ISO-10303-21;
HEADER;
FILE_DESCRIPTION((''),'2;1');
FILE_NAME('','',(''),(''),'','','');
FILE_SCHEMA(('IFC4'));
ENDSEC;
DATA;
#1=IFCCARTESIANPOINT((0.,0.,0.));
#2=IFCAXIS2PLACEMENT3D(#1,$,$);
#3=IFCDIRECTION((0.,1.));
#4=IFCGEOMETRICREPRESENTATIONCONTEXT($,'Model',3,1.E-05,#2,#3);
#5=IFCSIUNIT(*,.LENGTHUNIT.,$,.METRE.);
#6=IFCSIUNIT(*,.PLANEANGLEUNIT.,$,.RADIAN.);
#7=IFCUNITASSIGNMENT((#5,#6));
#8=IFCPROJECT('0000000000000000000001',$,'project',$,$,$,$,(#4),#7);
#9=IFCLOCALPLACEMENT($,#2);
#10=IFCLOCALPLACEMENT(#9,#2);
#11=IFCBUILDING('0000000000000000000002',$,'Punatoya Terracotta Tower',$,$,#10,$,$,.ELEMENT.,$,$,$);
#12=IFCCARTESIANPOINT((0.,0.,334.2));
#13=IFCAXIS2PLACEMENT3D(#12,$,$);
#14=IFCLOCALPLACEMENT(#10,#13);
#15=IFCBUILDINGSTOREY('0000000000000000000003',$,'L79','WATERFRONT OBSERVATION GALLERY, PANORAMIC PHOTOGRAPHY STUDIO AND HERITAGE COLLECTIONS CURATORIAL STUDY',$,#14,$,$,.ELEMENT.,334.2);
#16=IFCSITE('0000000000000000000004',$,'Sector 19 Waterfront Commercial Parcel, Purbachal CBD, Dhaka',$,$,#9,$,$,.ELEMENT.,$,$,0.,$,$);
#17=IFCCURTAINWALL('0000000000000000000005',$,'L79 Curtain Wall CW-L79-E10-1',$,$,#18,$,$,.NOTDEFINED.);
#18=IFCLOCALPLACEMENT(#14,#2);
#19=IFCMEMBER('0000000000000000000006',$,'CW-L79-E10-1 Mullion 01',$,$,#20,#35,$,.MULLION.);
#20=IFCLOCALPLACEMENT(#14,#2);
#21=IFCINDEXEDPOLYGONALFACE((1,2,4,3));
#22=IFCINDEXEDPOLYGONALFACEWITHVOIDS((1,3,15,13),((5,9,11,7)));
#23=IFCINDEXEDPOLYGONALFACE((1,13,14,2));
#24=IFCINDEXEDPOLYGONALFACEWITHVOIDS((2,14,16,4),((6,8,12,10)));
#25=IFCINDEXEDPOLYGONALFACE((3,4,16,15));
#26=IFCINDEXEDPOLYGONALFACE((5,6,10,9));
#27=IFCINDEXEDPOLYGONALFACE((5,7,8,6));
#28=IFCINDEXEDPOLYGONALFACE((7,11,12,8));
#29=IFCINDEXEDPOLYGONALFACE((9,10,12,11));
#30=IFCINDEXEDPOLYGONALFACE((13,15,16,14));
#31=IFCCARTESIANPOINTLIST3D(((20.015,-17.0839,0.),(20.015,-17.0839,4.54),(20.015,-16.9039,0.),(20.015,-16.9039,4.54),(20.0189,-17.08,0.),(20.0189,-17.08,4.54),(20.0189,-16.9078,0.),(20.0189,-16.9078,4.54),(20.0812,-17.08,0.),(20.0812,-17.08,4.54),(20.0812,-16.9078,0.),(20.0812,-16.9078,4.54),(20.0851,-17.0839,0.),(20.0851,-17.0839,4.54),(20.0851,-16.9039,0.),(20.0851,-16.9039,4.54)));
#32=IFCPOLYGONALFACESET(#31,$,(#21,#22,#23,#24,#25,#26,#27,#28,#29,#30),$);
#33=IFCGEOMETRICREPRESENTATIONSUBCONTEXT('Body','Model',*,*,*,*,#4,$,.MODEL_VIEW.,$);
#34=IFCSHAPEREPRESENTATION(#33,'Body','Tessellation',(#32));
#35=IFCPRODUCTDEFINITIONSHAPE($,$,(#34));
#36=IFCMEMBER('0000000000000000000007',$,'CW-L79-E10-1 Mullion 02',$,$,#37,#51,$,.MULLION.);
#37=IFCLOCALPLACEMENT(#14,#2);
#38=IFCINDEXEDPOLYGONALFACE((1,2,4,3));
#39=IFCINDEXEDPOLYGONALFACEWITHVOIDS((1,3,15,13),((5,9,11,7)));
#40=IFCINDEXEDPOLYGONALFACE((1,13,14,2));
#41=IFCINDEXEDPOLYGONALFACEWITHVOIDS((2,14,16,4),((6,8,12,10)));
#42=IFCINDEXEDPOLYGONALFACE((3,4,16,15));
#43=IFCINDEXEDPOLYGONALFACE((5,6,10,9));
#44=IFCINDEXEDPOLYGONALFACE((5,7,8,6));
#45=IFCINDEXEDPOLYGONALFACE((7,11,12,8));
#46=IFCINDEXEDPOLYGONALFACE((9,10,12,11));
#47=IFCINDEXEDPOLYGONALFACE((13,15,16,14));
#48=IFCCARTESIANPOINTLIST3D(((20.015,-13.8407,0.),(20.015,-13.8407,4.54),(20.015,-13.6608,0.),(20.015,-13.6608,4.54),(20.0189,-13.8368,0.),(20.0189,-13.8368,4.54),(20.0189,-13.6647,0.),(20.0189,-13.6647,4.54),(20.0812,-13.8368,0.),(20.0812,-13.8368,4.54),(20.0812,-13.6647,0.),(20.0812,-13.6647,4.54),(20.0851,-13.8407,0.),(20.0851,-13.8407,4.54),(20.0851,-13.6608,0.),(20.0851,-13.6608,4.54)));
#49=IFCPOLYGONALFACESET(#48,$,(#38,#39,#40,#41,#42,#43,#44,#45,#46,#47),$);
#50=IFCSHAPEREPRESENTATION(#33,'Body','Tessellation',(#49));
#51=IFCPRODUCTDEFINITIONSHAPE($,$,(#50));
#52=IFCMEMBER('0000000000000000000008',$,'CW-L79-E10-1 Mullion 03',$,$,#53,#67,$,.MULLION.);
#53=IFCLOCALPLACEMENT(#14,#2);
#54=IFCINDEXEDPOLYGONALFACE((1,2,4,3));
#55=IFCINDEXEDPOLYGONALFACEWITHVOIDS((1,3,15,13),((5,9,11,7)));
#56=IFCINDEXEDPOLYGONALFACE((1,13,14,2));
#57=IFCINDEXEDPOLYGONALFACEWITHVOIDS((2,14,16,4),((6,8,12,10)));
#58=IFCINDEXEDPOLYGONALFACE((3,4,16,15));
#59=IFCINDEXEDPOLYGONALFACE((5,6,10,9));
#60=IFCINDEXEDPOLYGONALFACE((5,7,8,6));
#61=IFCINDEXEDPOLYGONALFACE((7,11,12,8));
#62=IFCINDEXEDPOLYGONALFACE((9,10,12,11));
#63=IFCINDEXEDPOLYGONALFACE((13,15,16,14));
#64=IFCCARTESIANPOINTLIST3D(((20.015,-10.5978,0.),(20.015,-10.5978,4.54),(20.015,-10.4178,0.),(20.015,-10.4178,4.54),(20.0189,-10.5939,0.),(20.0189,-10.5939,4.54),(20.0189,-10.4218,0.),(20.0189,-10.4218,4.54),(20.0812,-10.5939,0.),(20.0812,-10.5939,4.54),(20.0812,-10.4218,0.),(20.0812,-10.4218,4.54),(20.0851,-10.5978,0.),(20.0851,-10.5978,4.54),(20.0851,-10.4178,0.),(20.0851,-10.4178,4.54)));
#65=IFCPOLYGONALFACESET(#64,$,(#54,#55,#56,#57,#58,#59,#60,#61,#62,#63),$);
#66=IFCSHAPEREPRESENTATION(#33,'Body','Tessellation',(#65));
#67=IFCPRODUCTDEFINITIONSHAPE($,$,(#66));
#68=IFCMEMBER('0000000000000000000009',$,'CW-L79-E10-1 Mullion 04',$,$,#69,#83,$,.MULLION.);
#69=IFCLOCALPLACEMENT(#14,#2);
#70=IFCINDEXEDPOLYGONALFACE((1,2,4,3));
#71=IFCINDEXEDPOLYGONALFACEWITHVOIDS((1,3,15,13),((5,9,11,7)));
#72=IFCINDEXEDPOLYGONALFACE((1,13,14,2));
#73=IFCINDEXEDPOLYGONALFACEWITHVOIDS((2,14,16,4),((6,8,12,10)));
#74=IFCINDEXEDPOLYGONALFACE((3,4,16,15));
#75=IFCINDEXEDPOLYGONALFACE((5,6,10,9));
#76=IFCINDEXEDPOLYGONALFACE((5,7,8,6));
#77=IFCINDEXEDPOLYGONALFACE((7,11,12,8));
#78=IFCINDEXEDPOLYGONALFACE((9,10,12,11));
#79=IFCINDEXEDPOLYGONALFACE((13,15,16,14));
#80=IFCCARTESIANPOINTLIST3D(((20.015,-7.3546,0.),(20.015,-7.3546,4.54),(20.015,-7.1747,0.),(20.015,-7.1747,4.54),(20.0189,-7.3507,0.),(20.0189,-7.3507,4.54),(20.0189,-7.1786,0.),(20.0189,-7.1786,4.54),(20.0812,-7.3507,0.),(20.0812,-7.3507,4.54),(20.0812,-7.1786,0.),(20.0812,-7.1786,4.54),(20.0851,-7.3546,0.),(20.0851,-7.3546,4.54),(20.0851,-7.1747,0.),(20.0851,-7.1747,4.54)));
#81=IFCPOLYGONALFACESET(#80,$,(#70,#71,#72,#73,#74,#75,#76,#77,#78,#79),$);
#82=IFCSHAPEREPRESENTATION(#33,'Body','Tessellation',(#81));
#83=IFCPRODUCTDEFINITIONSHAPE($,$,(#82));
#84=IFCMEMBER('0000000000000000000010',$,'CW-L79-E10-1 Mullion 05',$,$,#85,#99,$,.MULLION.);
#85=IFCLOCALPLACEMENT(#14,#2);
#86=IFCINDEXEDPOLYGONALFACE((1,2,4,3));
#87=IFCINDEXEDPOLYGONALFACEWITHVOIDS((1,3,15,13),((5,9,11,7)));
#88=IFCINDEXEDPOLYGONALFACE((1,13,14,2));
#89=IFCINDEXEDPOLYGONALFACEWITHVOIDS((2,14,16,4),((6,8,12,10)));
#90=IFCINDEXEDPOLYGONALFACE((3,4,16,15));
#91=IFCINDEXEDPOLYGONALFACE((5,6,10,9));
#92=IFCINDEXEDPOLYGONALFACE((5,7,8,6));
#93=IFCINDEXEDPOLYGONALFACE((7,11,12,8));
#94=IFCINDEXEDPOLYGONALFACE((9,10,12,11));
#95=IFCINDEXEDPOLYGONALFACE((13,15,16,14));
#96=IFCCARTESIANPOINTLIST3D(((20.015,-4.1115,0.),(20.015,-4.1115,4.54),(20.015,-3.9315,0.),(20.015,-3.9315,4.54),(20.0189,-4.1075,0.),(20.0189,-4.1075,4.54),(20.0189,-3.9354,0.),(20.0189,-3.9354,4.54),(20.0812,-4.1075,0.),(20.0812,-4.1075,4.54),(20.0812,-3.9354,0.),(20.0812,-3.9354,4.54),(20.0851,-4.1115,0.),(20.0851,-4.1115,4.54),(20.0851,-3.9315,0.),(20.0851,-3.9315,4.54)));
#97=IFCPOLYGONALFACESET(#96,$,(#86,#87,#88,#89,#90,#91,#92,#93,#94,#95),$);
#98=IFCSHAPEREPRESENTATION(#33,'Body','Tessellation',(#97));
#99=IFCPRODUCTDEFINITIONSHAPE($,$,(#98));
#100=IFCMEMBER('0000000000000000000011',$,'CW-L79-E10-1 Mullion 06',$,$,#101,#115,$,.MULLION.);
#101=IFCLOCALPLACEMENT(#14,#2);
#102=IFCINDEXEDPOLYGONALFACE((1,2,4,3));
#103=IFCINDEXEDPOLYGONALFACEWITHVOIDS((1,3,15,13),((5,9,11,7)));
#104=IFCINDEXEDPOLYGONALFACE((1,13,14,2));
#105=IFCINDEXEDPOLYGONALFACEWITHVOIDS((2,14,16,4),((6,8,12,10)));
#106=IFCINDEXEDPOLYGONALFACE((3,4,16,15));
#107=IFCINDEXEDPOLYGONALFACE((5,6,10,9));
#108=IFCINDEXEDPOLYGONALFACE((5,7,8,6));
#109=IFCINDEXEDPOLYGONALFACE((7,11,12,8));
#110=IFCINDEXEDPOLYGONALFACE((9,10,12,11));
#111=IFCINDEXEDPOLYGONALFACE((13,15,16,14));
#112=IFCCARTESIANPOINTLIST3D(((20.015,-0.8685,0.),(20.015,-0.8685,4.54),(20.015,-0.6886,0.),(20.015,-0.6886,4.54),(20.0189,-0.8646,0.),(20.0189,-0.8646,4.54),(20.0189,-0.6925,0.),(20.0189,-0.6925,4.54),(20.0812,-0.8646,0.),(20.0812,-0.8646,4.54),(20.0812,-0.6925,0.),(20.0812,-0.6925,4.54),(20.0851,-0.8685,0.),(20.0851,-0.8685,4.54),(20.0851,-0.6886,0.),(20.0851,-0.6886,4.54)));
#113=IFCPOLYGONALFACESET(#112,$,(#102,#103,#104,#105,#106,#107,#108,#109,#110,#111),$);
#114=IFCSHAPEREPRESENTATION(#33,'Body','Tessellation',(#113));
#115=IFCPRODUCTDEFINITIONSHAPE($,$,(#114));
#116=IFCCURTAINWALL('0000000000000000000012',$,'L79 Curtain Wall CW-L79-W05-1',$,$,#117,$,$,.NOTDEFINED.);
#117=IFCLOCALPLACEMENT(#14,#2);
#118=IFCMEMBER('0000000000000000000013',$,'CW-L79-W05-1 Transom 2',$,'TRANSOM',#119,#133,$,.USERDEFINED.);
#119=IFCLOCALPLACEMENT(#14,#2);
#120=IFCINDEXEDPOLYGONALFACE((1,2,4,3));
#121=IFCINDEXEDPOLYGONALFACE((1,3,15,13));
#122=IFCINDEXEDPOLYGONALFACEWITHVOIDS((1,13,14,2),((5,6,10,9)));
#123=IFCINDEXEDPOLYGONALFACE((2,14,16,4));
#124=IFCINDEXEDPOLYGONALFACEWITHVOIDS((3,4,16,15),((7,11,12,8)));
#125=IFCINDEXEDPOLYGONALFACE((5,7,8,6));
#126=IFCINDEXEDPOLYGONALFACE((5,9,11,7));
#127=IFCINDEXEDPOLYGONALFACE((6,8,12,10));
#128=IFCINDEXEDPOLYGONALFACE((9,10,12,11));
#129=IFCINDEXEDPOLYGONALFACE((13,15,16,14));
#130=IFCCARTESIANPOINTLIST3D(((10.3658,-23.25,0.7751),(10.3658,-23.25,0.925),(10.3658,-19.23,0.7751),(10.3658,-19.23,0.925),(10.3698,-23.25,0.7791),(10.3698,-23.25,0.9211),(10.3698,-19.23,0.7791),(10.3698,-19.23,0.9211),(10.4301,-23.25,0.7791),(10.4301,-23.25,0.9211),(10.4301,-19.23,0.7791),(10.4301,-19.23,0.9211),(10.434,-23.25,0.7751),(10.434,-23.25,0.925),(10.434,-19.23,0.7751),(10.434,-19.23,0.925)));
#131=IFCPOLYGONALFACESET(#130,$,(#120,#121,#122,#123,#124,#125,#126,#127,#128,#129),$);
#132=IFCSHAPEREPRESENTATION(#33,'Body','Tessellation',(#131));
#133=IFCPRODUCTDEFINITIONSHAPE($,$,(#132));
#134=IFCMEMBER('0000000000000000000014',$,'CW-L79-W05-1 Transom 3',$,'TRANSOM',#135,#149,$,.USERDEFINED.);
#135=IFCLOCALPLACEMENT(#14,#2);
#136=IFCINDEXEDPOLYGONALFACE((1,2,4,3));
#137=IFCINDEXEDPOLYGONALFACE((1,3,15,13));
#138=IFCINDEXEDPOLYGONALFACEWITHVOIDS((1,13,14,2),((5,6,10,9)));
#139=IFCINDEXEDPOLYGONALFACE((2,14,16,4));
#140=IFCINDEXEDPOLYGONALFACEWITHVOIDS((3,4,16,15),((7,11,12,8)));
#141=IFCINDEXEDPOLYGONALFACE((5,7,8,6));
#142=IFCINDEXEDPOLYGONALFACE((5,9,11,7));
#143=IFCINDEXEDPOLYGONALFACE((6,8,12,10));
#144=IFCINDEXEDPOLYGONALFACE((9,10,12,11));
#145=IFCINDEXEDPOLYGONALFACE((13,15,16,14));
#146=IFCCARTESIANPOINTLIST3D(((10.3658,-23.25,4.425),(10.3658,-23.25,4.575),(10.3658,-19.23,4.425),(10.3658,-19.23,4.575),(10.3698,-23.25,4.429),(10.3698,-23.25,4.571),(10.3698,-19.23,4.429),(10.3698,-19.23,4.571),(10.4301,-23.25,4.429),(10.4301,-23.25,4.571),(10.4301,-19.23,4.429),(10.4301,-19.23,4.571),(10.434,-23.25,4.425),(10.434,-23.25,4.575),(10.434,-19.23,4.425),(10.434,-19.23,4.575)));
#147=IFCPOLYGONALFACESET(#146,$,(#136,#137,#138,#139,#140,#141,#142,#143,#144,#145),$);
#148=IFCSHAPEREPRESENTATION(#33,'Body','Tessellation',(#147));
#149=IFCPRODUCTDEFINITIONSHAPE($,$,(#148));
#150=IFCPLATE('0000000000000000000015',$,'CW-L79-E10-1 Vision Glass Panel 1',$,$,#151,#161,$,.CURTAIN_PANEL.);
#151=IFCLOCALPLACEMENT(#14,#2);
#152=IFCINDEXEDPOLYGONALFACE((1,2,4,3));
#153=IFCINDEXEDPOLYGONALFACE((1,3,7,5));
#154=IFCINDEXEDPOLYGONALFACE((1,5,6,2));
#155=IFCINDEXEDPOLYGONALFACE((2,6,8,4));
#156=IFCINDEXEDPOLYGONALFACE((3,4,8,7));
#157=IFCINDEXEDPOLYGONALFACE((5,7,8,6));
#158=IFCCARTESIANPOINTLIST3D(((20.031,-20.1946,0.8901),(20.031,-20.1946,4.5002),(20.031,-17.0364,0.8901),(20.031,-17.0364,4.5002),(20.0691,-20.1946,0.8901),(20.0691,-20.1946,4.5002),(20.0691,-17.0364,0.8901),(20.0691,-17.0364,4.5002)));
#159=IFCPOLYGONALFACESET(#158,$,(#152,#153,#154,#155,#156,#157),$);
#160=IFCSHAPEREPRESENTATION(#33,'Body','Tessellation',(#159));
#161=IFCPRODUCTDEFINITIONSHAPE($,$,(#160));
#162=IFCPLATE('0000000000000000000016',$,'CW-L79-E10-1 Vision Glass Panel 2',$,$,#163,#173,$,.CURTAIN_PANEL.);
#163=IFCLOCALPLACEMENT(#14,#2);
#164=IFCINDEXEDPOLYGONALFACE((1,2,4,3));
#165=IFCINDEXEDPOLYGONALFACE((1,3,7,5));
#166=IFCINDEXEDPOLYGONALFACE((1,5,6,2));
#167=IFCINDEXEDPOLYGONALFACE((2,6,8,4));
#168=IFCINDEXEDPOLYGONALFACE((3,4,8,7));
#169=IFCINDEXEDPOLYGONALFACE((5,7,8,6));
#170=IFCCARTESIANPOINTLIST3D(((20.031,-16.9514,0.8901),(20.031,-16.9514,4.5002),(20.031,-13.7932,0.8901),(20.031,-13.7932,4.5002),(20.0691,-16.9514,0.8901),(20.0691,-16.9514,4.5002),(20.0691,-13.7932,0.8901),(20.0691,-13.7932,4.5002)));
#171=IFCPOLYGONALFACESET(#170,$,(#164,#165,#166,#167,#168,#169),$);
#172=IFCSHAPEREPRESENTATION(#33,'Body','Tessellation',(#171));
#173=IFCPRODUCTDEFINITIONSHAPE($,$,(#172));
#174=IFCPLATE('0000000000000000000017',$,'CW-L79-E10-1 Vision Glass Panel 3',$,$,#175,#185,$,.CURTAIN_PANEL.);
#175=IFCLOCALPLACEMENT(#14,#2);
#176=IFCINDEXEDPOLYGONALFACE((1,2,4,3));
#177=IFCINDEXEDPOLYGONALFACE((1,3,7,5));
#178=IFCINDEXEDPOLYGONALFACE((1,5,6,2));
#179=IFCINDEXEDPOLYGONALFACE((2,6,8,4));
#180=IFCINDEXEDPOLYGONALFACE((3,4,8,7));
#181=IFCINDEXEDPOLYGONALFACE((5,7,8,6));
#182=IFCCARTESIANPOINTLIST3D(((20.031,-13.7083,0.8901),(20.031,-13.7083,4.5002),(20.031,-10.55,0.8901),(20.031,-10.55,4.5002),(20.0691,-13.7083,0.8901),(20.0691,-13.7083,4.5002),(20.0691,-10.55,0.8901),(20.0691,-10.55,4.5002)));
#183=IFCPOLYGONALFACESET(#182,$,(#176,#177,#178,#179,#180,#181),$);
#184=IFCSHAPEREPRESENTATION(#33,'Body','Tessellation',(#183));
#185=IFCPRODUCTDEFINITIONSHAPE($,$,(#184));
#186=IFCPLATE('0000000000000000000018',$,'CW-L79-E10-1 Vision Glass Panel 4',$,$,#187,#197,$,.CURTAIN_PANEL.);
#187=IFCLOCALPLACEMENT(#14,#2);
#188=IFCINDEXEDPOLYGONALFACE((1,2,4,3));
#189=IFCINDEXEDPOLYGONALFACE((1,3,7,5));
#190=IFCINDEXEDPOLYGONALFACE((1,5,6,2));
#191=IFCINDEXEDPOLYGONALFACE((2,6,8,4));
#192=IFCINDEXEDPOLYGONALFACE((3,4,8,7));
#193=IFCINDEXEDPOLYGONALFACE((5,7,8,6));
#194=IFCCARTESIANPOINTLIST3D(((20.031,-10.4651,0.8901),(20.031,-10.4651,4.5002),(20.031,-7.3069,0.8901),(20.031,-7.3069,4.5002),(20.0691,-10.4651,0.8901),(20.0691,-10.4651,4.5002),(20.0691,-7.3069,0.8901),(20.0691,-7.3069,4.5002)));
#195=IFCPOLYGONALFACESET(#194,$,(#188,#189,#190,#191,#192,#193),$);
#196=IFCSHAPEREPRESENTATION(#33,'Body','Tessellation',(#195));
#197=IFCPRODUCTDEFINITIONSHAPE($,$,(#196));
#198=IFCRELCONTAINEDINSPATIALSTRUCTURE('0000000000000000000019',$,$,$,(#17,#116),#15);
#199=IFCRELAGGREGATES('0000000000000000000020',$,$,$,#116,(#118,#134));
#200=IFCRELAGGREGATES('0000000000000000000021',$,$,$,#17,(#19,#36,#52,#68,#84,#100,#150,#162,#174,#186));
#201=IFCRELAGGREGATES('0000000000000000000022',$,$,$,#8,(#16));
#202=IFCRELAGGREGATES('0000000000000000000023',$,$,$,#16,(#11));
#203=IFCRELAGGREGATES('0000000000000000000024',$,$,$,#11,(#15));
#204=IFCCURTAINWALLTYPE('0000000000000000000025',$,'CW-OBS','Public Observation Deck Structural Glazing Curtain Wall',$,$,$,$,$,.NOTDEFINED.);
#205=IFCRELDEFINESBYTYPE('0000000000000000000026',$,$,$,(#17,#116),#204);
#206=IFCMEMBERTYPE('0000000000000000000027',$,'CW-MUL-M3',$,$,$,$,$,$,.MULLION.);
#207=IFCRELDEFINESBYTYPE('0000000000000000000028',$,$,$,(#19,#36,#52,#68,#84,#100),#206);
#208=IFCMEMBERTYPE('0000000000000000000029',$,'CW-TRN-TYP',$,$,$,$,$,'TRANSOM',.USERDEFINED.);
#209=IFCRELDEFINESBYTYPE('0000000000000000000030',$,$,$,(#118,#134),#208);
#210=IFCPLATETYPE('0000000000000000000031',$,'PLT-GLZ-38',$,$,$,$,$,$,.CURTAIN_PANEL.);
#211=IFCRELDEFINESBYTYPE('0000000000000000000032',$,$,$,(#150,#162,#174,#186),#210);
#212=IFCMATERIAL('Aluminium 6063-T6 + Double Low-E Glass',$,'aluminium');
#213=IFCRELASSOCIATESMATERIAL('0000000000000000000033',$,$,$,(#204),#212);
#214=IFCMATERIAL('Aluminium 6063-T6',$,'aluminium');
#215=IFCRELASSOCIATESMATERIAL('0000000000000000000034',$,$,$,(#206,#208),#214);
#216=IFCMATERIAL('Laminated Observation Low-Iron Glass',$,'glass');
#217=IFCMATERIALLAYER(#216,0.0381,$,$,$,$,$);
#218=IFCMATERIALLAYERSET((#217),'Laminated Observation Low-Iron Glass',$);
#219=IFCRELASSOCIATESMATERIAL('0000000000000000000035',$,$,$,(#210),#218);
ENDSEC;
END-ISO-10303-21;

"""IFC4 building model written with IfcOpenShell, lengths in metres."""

from ifc_helpers import new_model, si_unit, direction, frame, origin, origin_2d, place, context, subcontext, project, spatial, rectangle, hollow_rectangle, extrude, material, layer, layer_set, material_profile, profile_set, type_object, element, aggregate, save


model = new_model("IFC4")

# Units and contexts
model_context = context("Model", 3, precision=1e-05, world=origin(), true_north=direction((0.0, 1.0)))
body_context = subcontext(model_context, "Body", "Model", "MODEL_VIEW")
ifc_project = project(units=[si_unit("LENGTHUNIT", "METRE"), si_unit("PLANEANGLEUNIT", "RADIAN")], contexts=[model_context])

# Site, building, storey
site_placement = place(None, origin())
site = spatial("IfcSite", under=ifc_project, at=site_placement, Name="Sector 19 Waterfront Commercial Parcel, Purbachal CBD, Dhaka", CompositionType="ELEMENT", RefElevation=0.0)
building_placement = place(site_placement, origin())
building = spatial("IfcBuilding", under=site, at=building_placement, Name="Punatoya Terracotta Tower", CompositionType="ELEMENT")
storey_placement = place(building_placement, frame((0.0, 0.0, 334.2)))
storey = spatial("IfcBuildingStorey", under=building, at=storey_placement, Name="L79", Description="WATERFRONT OBSERVATION GALLERY, PANORAMIC PHOTOGRAPHY STUDIO AND HERITAGE COLLECTIONS CURATORIAL STUDY", CompositionType="ELEMENT", Elevation=334.2)

# Curtain walls, members
ifc_material_1 = material(Name="Aluminium 6063-T6 + Double Low-E Glass", Category="aluminium")
curtain_wall_type = type_object("IfcCurtainWallType", Name="CW-OBS", Description="Public Observation Deck Structural Glazing Curtain Wall", PredefinedType="NOTDEFINED", material=ifc_material_1)
curtain_wall_1_placement = place(storey_placement, origin())
curtain_wall_1 = element("IfcCurtainWall", 1, at=curtain_wall_1_placement, inside=storey, type_object=curtain_wall_type, Name="L79 Curtain Wall CW-L79-E10-1", PredefinedType="NOTDEFINED")
ifc_material_2 = material(Name="Aluminium 6063-T6", Category="aluminium")
ifc_material_profile_1 = material_profile(ifc_material_2, hollow_rectangle(XDim=0.0701, YDim=0.1799, WallThickness=0.0039, at=origin_2d()))
ifc_profile_set_1 = profile_set([ifc_material_profile_1], Name="Aluminium 6063-T6")
member_type_1 = type_object("IfcMemberType", Name="CW-MUL-M3", PredefinedType="MULLION", material=ifc_profile_set_1)
member_1_placement = place(storey_placement, frame((20.05, -16.9939, 0.0), z_axis=(0.0, 0.0, 1.0), x_axis=(1.0, 0.0, 0.0)))
member_1 = element("IfcMember", 2, at=member_1_placement, type_object=member_type_1, Name="CW-L79-E10-1 Mullion 01", PredefinedType="MULLION", context=body_context, shape_type="SweptSolid", body=[
    extrude(hollow_rectangle(XDim=0.0701, YDim=0.1799, WallThickness=0.0039, at=origin_2d()), origin(), (0.0, 0.0, 1.0), 4.54),
])
member_2_placement = place(storey_placement, frame((20.05, -13.7507, 0.0), z_axis=(0.0, 0.0, 1.0), x_axis=(1.0, 0.0, 0.0)))
member_2 = element("IfcMember", 3, at=member_2_placement, type_object=member_type_1, Name="CW-L79-E10-1 Mullion 02", PredefinedType="MULLION", context=body_context, shape_type="SweptSolid", body=[
    extrude(hollow_rectangle(XDim=0.0701, YDim=0.1799, WallThickness=0.0039, at=origin_2d()), origin(), (0.0, 0.0, 1.0), 4.54),
])
member_3_placement = place(storey_placement, frame((20.05, -10.5078, 0.0), z_axis=(0.0, 0.0, 1.0), x_axis=(1.0, 0.0, 0.0)))
member_3 = element("IfcMember", 4, at=member_3_placement, type_object=member_type_1, Name="CW-L79-E10-1 Mullion 03", PredefinedType="MULLION", context=body_context, shape_type="SweptSolid", body=[
    extrude(hollow_rectangle(XDim=0.0701, YDim=0.1799, WallThickness=0.0039, at=origin_2d()), origin(), (0.0, 0.0, 1.0), 4.54),
])
member_4_placement = place(storey_placement, frame((20.05, -7.2646, 0.0), z_axis=(0.0, 0.0, 1.0), x_axis=(1.0, 0.0, 0.0)))
member_4 = element("IfcMember", 5, at=member_4_placement, type_object=member_type_1, Name="CW-L79-E10-1 Mullion 04", PredefinedType="MULLION", context=body_context, shape_type="SweptSolid", body=[
    extrude(hollow_rectangle(XDim=0.0701, YDim=0.1799, WallThickness=0.0039, at=origin_2d()), origin(), (0.0, 0.0, 1.0), 4.54),
])
member_5_placement = place(storey_placement, frame((20.05, -4.0215, 0.0), z_axis=(0.0, 0.0, 1.0), x_axis=(1.0, 0.0, 0.0)))
member_5 = element("IfcMember", 6, at=member_5_placement, type_object=member_type_1, Name="CW-L79-E10-1 Mullion 05", PredefinedType="MULLION", context=body_context, shape_type="SweptSolid", body=[
    extrude(hollow_rectangle(XDim=0.0701, YDim=0.1799, WallThickness=0.0039, at=origin_2d()), origin(), (0.0, 0.0, 1.0), 4.54),
])
member_6_placement = place(storey_placement, frame((20.05, -0.7786, 0.0), z_axis=(0.0, 0.0, 1.0), x_axis=(1.0, 0.0, 0.0)))
member_6 = element("IfcMember", 7, at=member_6_placement, type_object=member_type_1, Name="CW-L79-E10-1 Mullion 06", PredefinedType="MULLION", context=body_context, shape_type="SweptSolid", body=[
    extrude(hollow_rectangle(XDim=0.0701, YDim=0.1799, WallThickness=0.0039, at=origin_2d()), origin(), (0.0, 0.0, 1.0), 4.54),
])
curtain_wall_2_placement = place(storey_placement, origin())
curtain_wall_2 = element("IfcCurtainWall", 8, at=curtain_wall_2_placement, inside=storey, type_object=curtain_wall_type, Name="L79 Curtain Wall CW-L79-W05-1", PredefinedType="NOTDEFINED")
ifc_material_profile_2 = material_profile(ifc_material_2, hollow_rectangle(XDim=0.0681, YDim=0.1499, WallThickness=0.0039, at=origin_2d()))
ifc_profile_set_2 = profile_set([ifc_material_profile_2], Name="Aluminium 6063-T6")
member_type_2 = type_object("IfcMemberType", Name="CW-TRN-TYP", ElementType="TRANSOM", PredefinedType="USERDEFINED", material=ifc_profile_set_2)
member_7_placement = place(storey_placement, frame((10.3999, -19.23, 0.8501), z_axis=(0.0, -1.0, 0.0), x_axis=(1.0, 0.0, 0.0)))
member_7 = element("IfcMember", 9, at=member_7_placement, type_object=member_type_2, Name="CW-L79-W05-1 Transom 2", ObjectType="TRANSOM", PredefinedType="USERDEFINED", context=body_context, shape_type="SweptSolid", body=[
    extrude(hollow_rectangle(XDim=0.0681, YDim=0.1499, WallThickness=0.0039, at=origin_2d()), origin(), (0.0, 0.0, 1.0), 4.02),
])
member_8_placement = place(storey_placement, frame((10.3999, -19.23, 4.5), z_axis=(0.0, -1.0, 0.0), x_axis=(1.0, 0.0, 0.0)))
member_8 = element("IfcMember", 10, at=member_8_placement, type_object=member_type_2, Name="CW-L79-W05-1 Transom 3", ObjectType="TRANSOM", PredefinedType="USERDEFINED", context=body_context, shape_type="SweptSolid", body=[
    extrude(hollow_rectangle(XDim=0.0681, YDim=0.1499, WallThickness=0.0039, at=origin_2d()), origin(), (0.0, 0.0, 1.0), 4.02),
])
aggregate(curtain_wall_2, [member_7, member_8])

# Plates
ifc_material_3 = material(Name="Laminated Observation Low-Iron Glass", Category="glass")
ifc_layer_1 = layer(ifc_material_3, 0.0381)
ifc_layer_set_1 = layer_set([ifc_layer_1], Name="Laminated Observation Low-Iron Glass")
plate_type_1 = type_object("IfcPlateType", Name="PLT-GLZ-38", PredefinedType="CURTAIN_PANEL", material=ifc_layer_set_1)
plate_1_placement = place(storey_placement, frame((20.05, -18.6155, 0.8901), z_axis=(0.0, 0.0, 1.0), x_axis=(0.0, 1.0, 0.0)))
plate_1 = element("IfcPlate", 11, at=plate_1_placement, type_object=plate_type_1, Name="CW-L79-E10-1 Vision Glass Panel 1", PredefinedType="CURTAIN_PANEL", context=body_context, shape_type="SweptSolid", body=[
    extrude(rectangle(XDim=3.1582, YDim=0.0381, at=origin_2d()), origin(), (0.0, 0.0, 1.0), 3.6101),
])
plate_2_placement = place(storey_placement, frame((20.05, -15.3723, 0.8901), z_axis=(0.0, 0.0, 1.0), x_axis=(0.0, 1.0, 0.0)))
plate_2 = element("IfcPlate", 12, at=plate_2_placement, type_object=plate_type_1, Name="CW-L79-E10-1 Vision Glass Panel 2", PredefinedType="CURTAIN_PANEL", context=body_context, shape_type="SweptSolid", body=[
    extrude(rectangle(XDim=3.1582, YDim=0.0381, at=origin_2d()), origin(), (0.0, 0.0, 1.0), 3.6101),
])
plate_3_placement = place(storey_placement, frame((20.05, -12.1292, 0.8901), z_axis=(0.0, 0.0, 1.0), x_axis=(0.0, 1.0, 0.0)))
plate_3 = element("IfcPlate", 13, at=plate_3_placement, type_object=plate_type_1, Name="CW-L79-E10-1 Vision Glass Panel 3", PredefinedType="CURTAIN_PANEL", context=body_context, shape_type="SweptSolid", body=[
    extrude(rectangle(XDim=3.1582, YDim=0.0381, at=origin_2d()), origin(), (0.0, 0.0, 1.0), 3.6101),
])
plate_4_placement = place(storey_placement, frame((20.05, -8.886, 0.8901), z_axis=(0.0, 0.0, 1.0), x_axis=(0.0, 1.0, 0.0)))
plate_4 = element("IfcPlate", 14, at=plate_4_placement, type_object=plate_type_1, Name="CW-L79-E10-1 Vision Glass Panel 4", PredefinedType="CURTAIN_PANEL", context=body_context, shape_type="SweptSolid", body=[
    extrude(rectangle(XDim=3.1582, YDim=0.0381, at=origin_2d()), origin(), (0.0, 0.0, 1.0), 3.6101),
])
aggregate(curtain_wall_1, [member_1, member_2, member_3, member_4, member_5, member_6, plate_1, plate_2, plate_3, plate_4])

save(model, "model.ifc")
